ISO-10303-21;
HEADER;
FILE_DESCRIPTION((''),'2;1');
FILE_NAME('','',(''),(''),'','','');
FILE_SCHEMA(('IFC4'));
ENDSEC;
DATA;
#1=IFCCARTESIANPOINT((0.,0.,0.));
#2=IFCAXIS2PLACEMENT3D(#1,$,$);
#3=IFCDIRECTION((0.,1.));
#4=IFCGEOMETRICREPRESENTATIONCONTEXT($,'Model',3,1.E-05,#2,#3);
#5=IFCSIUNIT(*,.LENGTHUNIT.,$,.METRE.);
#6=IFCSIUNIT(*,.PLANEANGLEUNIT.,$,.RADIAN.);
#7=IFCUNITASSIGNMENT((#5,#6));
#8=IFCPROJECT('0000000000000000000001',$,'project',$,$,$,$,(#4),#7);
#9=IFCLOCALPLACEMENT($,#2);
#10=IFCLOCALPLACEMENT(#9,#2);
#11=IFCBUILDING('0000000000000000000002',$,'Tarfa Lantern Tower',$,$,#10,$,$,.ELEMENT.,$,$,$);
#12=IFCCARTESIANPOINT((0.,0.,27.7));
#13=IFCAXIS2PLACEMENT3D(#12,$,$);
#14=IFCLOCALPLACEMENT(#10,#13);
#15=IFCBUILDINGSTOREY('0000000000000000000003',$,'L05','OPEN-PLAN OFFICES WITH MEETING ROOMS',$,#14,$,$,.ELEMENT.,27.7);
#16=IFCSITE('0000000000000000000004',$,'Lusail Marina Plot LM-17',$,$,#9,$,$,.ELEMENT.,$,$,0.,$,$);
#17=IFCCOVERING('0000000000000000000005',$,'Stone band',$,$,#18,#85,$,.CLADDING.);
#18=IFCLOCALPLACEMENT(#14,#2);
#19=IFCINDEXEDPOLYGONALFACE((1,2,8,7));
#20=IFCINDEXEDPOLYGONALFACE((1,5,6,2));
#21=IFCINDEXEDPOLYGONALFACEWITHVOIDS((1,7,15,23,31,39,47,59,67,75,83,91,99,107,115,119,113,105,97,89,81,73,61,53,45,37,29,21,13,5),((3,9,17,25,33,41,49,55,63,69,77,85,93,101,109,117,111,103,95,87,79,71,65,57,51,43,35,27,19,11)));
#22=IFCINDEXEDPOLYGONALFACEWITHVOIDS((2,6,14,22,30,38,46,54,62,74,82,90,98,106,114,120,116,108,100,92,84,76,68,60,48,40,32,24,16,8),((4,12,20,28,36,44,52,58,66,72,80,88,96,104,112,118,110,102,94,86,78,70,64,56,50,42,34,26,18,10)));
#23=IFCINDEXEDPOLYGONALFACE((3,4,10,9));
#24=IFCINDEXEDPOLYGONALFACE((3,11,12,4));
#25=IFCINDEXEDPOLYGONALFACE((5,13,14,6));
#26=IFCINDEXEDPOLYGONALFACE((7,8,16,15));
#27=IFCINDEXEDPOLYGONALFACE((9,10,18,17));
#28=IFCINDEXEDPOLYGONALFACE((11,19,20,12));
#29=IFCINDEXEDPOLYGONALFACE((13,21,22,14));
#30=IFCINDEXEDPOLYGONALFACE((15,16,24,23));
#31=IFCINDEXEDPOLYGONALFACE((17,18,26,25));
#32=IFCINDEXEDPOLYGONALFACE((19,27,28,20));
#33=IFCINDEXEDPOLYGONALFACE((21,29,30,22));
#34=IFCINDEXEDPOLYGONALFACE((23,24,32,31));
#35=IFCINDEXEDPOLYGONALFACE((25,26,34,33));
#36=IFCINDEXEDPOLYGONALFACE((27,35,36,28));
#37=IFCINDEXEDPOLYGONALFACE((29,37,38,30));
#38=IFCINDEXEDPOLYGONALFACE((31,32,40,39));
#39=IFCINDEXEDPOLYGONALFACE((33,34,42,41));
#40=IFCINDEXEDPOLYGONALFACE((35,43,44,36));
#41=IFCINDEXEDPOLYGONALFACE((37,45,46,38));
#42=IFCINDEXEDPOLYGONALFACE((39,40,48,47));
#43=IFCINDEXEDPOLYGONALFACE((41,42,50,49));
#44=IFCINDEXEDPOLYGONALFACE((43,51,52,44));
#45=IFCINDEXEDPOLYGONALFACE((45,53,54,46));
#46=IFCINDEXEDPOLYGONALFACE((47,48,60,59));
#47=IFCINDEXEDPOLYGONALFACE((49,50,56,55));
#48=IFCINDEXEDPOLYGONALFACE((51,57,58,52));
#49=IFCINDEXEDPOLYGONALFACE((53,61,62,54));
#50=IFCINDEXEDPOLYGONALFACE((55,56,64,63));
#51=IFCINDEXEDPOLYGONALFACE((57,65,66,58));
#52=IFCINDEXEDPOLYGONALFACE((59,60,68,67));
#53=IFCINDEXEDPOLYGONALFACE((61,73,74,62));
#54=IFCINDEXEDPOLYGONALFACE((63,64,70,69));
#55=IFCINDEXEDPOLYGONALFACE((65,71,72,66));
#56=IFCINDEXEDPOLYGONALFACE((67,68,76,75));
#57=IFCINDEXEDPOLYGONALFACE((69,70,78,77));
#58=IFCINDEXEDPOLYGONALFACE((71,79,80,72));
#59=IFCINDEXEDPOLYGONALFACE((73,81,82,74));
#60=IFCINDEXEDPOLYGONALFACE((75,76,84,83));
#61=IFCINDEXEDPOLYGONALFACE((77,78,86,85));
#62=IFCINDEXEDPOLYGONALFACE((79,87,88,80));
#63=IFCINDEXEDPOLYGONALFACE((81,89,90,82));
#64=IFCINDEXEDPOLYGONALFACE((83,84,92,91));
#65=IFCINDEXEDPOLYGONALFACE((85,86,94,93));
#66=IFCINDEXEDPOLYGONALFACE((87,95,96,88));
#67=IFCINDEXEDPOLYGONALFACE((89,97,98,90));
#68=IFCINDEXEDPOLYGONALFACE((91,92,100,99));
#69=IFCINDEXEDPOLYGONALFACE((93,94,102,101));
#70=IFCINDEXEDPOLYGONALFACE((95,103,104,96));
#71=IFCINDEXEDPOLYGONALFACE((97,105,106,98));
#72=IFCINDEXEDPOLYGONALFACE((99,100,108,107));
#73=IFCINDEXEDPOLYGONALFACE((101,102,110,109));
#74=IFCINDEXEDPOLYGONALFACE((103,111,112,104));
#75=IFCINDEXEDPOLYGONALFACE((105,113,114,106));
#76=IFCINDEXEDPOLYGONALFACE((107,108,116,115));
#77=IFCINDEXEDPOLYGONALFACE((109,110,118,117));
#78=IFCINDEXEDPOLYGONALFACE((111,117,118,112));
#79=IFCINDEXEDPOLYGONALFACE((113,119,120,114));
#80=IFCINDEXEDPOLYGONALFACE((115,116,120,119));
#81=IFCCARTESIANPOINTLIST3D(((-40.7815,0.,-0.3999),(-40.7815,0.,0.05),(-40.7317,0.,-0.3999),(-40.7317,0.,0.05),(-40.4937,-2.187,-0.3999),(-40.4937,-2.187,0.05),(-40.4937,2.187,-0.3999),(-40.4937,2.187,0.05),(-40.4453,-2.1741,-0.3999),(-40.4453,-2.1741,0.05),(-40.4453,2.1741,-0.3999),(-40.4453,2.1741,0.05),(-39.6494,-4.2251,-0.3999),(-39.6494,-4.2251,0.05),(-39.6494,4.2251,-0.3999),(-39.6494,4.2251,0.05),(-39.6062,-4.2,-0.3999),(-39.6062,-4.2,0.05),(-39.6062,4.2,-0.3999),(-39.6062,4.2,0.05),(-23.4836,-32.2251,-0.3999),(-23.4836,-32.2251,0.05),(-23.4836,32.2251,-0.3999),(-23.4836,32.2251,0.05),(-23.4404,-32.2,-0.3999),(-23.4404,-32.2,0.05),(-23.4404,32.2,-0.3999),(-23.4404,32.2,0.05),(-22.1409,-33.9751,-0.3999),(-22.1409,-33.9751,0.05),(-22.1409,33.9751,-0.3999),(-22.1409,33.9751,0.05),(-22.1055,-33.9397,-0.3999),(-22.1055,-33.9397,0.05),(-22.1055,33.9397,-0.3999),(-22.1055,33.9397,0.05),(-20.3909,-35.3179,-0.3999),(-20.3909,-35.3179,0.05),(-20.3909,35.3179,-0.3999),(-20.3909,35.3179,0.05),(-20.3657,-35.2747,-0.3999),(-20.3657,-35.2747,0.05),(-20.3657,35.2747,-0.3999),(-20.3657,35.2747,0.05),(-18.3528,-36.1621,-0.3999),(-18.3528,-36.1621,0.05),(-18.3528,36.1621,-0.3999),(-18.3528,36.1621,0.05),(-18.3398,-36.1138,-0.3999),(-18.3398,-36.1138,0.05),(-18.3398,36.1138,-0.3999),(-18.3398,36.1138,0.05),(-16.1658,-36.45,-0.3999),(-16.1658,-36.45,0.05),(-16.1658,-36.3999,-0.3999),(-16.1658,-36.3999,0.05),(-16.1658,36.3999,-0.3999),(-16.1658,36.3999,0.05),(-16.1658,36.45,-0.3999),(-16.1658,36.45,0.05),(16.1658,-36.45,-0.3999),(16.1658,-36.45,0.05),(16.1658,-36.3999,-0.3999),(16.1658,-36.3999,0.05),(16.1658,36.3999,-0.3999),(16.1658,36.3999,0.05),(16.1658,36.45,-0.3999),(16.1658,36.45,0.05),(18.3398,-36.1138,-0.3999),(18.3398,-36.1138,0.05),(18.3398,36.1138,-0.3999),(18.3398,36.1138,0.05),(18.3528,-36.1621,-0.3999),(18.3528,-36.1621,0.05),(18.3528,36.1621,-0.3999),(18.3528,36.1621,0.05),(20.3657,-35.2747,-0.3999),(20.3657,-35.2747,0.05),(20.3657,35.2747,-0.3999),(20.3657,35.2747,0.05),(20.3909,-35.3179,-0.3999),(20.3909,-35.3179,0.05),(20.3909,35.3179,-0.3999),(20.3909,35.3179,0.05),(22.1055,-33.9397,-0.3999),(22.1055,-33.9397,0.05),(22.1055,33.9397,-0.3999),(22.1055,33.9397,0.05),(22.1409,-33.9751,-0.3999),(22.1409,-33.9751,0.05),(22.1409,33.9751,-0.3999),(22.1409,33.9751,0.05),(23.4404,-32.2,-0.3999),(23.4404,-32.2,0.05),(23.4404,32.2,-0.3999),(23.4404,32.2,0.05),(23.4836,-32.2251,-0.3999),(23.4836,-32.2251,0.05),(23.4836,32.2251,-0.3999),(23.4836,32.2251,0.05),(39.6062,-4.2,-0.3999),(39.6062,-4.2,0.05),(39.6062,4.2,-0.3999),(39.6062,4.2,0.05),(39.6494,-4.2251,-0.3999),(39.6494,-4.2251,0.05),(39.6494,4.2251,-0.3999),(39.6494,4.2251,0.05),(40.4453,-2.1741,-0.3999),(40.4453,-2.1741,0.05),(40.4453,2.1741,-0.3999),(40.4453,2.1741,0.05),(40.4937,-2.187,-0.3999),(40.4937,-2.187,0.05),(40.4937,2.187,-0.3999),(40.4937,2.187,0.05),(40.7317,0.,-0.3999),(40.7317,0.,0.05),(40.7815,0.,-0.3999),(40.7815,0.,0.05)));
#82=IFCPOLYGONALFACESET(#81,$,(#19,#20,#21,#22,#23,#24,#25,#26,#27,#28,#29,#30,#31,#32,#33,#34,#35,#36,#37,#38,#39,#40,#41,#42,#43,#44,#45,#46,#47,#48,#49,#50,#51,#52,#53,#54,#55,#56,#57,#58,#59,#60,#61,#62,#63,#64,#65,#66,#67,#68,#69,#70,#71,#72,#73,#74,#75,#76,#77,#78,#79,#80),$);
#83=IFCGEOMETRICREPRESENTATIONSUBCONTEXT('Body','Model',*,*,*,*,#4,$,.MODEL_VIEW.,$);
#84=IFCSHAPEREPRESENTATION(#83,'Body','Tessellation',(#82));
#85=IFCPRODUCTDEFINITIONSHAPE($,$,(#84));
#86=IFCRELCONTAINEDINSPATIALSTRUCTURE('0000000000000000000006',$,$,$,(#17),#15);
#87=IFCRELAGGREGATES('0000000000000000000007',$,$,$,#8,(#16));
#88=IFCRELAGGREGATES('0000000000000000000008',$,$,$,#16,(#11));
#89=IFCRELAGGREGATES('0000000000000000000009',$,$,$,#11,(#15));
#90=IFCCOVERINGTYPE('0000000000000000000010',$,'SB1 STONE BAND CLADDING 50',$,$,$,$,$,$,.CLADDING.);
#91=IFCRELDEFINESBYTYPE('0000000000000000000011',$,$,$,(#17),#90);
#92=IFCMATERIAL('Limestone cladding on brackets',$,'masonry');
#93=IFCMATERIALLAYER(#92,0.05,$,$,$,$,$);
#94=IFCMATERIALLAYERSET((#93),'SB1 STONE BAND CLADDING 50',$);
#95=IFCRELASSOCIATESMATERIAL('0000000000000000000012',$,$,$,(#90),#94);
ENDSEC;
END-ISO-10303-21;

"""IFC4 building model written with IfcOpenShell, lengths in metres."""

from ifc_helpers import new_model, si_unit, direction, frame, origin, place, context, subcontext, project, spatial, polyline, outline, extrude, material, layer, layer_set, type_object, element, save


model = new_model("IFC4")

# Units and contexts
model_context = context("Model", 3, precision=1e-05, world=origin(), true_north=direction((0.0, 1.0)))
body_context = subcontext(model_context, "Body", "Model", "MODEL_VIEW")
ifc_project = project(units=[si_unit("LENGTHUNIT", "METRE"), si_unit("PLANEANGLEUNIT", "RADIAN")], contexts=[model_context])

# Site, building, storey
site_placement = place(None, origin())
site = spatial("IfcSite", under=ifc_project, at=site_placement, Name="Lusail Marina Plot LM-17", CompositionType="ELEMENT", RefElevation=0.0)
building_placement = place(site_placement, origin())
building = spatial("IfcBuilding", under=site, at=building_placement, Name="Tarfa Lantern Tower", CompositionType="ELEMENT")
storey_placement = place(building_placement, frame((0.0, 0.0, 27.7)))
storey = spatial("IfcBuildingStorey", under=building, at=storey_placement, Name="L05", Description="OPEN-PLAN OFFICES WITH MEETING ROOMS", CompositionType="ELEMENT", Elevation=27.7)

# Covering
ifc_material_1 = material(Name="Limestone cladding on brackets", Category="masonry")
ifc_layer_1 = layer(ifc_material_1, 0.05)
ifc_layer_set_1 = layer_set([ifc_layer_1], Name="SB1 STONE BAND CLADDING 50")
covering_type_1 = type_object("IfcCoveringType", Name="SB1 STONE BAND CLADDING 50", PredefinedType="CLADDING", material=ifc_layer_set_1)
covering_1_placement = place(storey_placement, frame((0.0, 0.0, -0.3999)))
element("IfcCovering", 1, at=covering_1_placement, inside=storey, type_object=covering_type_1, Name="Stone band", PredefinedType="CLADDING", context=body_context, shape_type="SweptSolid", body=[
    extrude(outline(polyline([(39.6494, 4.2251), (23.4836, 32.2251), (22.1409, 33.9751), (20.3909, 35.3179), (18.3528, 36.1621), (16.1658, 36.45), (-16.1658, 36.45), (-18.3528, 36.1621), (-20.3909, 35.3179), (-22.1409, 33.9751), (-23.4836, 32.2251), (-39.6494, 4.2251), (-40.4937, 2.187), (-40.7815, 0.0), (-40.4937, -2.187), (-39.6494, -4.2251), (-23.4836, -32.2251), (-22.1409, -33.9751), (-20.3909, -35.3179), (-18.3528, -36.1621), (-16.1658, -36.45), (16.1658, -36.45), (18.3528, -36.1621), (20.3909, -35.3179), (22.1409, -33.9751), (23.4836, -32.2251), (39.6494, -4.2251), (40.4937, -2.187), (40.7815, 0.0), (40.4937, 2.187), (39.6494, 4.2251)]), holes=[polyline([(39.6062, 4.2), (23.4404, 32.2), (22.1055, 33.9397), (20.3657, 35.2747), (18.3398, 36.1138), (16.1658, 36.3999), (-16.1658, 36.3999), (-18.3398, 36.1138), (-20.3657, 35.2747), (-22.1055, 33.9397), (-23.4404, 32.2), (-39.6062, 4.2), (-40.4453, 2.1741), (-40.7317, 0.0), (-40.4453, -2.1741), (-39.6062, -4.2), (-23.4404, -32.2), (-22.1055, -33.9397), (-20.3657, -35.2747), (-18.3398, -36.1138), (-16.1658, -36.3999), (16.1658, -36.3999), (18.3398, -36.1138), (20.3657, -35.2747), (22.1055, -33.9397), (23.4404, -32.2), (39.6062, -4.2), (40.4453, -2.1741), (40.7317, 0.0), (40.4453, 2.1741), (39.6062, 4.2)])]), origin(), (0.0, 0.0, 1.0), 0.45),
])

save(model, "model.ifc")
